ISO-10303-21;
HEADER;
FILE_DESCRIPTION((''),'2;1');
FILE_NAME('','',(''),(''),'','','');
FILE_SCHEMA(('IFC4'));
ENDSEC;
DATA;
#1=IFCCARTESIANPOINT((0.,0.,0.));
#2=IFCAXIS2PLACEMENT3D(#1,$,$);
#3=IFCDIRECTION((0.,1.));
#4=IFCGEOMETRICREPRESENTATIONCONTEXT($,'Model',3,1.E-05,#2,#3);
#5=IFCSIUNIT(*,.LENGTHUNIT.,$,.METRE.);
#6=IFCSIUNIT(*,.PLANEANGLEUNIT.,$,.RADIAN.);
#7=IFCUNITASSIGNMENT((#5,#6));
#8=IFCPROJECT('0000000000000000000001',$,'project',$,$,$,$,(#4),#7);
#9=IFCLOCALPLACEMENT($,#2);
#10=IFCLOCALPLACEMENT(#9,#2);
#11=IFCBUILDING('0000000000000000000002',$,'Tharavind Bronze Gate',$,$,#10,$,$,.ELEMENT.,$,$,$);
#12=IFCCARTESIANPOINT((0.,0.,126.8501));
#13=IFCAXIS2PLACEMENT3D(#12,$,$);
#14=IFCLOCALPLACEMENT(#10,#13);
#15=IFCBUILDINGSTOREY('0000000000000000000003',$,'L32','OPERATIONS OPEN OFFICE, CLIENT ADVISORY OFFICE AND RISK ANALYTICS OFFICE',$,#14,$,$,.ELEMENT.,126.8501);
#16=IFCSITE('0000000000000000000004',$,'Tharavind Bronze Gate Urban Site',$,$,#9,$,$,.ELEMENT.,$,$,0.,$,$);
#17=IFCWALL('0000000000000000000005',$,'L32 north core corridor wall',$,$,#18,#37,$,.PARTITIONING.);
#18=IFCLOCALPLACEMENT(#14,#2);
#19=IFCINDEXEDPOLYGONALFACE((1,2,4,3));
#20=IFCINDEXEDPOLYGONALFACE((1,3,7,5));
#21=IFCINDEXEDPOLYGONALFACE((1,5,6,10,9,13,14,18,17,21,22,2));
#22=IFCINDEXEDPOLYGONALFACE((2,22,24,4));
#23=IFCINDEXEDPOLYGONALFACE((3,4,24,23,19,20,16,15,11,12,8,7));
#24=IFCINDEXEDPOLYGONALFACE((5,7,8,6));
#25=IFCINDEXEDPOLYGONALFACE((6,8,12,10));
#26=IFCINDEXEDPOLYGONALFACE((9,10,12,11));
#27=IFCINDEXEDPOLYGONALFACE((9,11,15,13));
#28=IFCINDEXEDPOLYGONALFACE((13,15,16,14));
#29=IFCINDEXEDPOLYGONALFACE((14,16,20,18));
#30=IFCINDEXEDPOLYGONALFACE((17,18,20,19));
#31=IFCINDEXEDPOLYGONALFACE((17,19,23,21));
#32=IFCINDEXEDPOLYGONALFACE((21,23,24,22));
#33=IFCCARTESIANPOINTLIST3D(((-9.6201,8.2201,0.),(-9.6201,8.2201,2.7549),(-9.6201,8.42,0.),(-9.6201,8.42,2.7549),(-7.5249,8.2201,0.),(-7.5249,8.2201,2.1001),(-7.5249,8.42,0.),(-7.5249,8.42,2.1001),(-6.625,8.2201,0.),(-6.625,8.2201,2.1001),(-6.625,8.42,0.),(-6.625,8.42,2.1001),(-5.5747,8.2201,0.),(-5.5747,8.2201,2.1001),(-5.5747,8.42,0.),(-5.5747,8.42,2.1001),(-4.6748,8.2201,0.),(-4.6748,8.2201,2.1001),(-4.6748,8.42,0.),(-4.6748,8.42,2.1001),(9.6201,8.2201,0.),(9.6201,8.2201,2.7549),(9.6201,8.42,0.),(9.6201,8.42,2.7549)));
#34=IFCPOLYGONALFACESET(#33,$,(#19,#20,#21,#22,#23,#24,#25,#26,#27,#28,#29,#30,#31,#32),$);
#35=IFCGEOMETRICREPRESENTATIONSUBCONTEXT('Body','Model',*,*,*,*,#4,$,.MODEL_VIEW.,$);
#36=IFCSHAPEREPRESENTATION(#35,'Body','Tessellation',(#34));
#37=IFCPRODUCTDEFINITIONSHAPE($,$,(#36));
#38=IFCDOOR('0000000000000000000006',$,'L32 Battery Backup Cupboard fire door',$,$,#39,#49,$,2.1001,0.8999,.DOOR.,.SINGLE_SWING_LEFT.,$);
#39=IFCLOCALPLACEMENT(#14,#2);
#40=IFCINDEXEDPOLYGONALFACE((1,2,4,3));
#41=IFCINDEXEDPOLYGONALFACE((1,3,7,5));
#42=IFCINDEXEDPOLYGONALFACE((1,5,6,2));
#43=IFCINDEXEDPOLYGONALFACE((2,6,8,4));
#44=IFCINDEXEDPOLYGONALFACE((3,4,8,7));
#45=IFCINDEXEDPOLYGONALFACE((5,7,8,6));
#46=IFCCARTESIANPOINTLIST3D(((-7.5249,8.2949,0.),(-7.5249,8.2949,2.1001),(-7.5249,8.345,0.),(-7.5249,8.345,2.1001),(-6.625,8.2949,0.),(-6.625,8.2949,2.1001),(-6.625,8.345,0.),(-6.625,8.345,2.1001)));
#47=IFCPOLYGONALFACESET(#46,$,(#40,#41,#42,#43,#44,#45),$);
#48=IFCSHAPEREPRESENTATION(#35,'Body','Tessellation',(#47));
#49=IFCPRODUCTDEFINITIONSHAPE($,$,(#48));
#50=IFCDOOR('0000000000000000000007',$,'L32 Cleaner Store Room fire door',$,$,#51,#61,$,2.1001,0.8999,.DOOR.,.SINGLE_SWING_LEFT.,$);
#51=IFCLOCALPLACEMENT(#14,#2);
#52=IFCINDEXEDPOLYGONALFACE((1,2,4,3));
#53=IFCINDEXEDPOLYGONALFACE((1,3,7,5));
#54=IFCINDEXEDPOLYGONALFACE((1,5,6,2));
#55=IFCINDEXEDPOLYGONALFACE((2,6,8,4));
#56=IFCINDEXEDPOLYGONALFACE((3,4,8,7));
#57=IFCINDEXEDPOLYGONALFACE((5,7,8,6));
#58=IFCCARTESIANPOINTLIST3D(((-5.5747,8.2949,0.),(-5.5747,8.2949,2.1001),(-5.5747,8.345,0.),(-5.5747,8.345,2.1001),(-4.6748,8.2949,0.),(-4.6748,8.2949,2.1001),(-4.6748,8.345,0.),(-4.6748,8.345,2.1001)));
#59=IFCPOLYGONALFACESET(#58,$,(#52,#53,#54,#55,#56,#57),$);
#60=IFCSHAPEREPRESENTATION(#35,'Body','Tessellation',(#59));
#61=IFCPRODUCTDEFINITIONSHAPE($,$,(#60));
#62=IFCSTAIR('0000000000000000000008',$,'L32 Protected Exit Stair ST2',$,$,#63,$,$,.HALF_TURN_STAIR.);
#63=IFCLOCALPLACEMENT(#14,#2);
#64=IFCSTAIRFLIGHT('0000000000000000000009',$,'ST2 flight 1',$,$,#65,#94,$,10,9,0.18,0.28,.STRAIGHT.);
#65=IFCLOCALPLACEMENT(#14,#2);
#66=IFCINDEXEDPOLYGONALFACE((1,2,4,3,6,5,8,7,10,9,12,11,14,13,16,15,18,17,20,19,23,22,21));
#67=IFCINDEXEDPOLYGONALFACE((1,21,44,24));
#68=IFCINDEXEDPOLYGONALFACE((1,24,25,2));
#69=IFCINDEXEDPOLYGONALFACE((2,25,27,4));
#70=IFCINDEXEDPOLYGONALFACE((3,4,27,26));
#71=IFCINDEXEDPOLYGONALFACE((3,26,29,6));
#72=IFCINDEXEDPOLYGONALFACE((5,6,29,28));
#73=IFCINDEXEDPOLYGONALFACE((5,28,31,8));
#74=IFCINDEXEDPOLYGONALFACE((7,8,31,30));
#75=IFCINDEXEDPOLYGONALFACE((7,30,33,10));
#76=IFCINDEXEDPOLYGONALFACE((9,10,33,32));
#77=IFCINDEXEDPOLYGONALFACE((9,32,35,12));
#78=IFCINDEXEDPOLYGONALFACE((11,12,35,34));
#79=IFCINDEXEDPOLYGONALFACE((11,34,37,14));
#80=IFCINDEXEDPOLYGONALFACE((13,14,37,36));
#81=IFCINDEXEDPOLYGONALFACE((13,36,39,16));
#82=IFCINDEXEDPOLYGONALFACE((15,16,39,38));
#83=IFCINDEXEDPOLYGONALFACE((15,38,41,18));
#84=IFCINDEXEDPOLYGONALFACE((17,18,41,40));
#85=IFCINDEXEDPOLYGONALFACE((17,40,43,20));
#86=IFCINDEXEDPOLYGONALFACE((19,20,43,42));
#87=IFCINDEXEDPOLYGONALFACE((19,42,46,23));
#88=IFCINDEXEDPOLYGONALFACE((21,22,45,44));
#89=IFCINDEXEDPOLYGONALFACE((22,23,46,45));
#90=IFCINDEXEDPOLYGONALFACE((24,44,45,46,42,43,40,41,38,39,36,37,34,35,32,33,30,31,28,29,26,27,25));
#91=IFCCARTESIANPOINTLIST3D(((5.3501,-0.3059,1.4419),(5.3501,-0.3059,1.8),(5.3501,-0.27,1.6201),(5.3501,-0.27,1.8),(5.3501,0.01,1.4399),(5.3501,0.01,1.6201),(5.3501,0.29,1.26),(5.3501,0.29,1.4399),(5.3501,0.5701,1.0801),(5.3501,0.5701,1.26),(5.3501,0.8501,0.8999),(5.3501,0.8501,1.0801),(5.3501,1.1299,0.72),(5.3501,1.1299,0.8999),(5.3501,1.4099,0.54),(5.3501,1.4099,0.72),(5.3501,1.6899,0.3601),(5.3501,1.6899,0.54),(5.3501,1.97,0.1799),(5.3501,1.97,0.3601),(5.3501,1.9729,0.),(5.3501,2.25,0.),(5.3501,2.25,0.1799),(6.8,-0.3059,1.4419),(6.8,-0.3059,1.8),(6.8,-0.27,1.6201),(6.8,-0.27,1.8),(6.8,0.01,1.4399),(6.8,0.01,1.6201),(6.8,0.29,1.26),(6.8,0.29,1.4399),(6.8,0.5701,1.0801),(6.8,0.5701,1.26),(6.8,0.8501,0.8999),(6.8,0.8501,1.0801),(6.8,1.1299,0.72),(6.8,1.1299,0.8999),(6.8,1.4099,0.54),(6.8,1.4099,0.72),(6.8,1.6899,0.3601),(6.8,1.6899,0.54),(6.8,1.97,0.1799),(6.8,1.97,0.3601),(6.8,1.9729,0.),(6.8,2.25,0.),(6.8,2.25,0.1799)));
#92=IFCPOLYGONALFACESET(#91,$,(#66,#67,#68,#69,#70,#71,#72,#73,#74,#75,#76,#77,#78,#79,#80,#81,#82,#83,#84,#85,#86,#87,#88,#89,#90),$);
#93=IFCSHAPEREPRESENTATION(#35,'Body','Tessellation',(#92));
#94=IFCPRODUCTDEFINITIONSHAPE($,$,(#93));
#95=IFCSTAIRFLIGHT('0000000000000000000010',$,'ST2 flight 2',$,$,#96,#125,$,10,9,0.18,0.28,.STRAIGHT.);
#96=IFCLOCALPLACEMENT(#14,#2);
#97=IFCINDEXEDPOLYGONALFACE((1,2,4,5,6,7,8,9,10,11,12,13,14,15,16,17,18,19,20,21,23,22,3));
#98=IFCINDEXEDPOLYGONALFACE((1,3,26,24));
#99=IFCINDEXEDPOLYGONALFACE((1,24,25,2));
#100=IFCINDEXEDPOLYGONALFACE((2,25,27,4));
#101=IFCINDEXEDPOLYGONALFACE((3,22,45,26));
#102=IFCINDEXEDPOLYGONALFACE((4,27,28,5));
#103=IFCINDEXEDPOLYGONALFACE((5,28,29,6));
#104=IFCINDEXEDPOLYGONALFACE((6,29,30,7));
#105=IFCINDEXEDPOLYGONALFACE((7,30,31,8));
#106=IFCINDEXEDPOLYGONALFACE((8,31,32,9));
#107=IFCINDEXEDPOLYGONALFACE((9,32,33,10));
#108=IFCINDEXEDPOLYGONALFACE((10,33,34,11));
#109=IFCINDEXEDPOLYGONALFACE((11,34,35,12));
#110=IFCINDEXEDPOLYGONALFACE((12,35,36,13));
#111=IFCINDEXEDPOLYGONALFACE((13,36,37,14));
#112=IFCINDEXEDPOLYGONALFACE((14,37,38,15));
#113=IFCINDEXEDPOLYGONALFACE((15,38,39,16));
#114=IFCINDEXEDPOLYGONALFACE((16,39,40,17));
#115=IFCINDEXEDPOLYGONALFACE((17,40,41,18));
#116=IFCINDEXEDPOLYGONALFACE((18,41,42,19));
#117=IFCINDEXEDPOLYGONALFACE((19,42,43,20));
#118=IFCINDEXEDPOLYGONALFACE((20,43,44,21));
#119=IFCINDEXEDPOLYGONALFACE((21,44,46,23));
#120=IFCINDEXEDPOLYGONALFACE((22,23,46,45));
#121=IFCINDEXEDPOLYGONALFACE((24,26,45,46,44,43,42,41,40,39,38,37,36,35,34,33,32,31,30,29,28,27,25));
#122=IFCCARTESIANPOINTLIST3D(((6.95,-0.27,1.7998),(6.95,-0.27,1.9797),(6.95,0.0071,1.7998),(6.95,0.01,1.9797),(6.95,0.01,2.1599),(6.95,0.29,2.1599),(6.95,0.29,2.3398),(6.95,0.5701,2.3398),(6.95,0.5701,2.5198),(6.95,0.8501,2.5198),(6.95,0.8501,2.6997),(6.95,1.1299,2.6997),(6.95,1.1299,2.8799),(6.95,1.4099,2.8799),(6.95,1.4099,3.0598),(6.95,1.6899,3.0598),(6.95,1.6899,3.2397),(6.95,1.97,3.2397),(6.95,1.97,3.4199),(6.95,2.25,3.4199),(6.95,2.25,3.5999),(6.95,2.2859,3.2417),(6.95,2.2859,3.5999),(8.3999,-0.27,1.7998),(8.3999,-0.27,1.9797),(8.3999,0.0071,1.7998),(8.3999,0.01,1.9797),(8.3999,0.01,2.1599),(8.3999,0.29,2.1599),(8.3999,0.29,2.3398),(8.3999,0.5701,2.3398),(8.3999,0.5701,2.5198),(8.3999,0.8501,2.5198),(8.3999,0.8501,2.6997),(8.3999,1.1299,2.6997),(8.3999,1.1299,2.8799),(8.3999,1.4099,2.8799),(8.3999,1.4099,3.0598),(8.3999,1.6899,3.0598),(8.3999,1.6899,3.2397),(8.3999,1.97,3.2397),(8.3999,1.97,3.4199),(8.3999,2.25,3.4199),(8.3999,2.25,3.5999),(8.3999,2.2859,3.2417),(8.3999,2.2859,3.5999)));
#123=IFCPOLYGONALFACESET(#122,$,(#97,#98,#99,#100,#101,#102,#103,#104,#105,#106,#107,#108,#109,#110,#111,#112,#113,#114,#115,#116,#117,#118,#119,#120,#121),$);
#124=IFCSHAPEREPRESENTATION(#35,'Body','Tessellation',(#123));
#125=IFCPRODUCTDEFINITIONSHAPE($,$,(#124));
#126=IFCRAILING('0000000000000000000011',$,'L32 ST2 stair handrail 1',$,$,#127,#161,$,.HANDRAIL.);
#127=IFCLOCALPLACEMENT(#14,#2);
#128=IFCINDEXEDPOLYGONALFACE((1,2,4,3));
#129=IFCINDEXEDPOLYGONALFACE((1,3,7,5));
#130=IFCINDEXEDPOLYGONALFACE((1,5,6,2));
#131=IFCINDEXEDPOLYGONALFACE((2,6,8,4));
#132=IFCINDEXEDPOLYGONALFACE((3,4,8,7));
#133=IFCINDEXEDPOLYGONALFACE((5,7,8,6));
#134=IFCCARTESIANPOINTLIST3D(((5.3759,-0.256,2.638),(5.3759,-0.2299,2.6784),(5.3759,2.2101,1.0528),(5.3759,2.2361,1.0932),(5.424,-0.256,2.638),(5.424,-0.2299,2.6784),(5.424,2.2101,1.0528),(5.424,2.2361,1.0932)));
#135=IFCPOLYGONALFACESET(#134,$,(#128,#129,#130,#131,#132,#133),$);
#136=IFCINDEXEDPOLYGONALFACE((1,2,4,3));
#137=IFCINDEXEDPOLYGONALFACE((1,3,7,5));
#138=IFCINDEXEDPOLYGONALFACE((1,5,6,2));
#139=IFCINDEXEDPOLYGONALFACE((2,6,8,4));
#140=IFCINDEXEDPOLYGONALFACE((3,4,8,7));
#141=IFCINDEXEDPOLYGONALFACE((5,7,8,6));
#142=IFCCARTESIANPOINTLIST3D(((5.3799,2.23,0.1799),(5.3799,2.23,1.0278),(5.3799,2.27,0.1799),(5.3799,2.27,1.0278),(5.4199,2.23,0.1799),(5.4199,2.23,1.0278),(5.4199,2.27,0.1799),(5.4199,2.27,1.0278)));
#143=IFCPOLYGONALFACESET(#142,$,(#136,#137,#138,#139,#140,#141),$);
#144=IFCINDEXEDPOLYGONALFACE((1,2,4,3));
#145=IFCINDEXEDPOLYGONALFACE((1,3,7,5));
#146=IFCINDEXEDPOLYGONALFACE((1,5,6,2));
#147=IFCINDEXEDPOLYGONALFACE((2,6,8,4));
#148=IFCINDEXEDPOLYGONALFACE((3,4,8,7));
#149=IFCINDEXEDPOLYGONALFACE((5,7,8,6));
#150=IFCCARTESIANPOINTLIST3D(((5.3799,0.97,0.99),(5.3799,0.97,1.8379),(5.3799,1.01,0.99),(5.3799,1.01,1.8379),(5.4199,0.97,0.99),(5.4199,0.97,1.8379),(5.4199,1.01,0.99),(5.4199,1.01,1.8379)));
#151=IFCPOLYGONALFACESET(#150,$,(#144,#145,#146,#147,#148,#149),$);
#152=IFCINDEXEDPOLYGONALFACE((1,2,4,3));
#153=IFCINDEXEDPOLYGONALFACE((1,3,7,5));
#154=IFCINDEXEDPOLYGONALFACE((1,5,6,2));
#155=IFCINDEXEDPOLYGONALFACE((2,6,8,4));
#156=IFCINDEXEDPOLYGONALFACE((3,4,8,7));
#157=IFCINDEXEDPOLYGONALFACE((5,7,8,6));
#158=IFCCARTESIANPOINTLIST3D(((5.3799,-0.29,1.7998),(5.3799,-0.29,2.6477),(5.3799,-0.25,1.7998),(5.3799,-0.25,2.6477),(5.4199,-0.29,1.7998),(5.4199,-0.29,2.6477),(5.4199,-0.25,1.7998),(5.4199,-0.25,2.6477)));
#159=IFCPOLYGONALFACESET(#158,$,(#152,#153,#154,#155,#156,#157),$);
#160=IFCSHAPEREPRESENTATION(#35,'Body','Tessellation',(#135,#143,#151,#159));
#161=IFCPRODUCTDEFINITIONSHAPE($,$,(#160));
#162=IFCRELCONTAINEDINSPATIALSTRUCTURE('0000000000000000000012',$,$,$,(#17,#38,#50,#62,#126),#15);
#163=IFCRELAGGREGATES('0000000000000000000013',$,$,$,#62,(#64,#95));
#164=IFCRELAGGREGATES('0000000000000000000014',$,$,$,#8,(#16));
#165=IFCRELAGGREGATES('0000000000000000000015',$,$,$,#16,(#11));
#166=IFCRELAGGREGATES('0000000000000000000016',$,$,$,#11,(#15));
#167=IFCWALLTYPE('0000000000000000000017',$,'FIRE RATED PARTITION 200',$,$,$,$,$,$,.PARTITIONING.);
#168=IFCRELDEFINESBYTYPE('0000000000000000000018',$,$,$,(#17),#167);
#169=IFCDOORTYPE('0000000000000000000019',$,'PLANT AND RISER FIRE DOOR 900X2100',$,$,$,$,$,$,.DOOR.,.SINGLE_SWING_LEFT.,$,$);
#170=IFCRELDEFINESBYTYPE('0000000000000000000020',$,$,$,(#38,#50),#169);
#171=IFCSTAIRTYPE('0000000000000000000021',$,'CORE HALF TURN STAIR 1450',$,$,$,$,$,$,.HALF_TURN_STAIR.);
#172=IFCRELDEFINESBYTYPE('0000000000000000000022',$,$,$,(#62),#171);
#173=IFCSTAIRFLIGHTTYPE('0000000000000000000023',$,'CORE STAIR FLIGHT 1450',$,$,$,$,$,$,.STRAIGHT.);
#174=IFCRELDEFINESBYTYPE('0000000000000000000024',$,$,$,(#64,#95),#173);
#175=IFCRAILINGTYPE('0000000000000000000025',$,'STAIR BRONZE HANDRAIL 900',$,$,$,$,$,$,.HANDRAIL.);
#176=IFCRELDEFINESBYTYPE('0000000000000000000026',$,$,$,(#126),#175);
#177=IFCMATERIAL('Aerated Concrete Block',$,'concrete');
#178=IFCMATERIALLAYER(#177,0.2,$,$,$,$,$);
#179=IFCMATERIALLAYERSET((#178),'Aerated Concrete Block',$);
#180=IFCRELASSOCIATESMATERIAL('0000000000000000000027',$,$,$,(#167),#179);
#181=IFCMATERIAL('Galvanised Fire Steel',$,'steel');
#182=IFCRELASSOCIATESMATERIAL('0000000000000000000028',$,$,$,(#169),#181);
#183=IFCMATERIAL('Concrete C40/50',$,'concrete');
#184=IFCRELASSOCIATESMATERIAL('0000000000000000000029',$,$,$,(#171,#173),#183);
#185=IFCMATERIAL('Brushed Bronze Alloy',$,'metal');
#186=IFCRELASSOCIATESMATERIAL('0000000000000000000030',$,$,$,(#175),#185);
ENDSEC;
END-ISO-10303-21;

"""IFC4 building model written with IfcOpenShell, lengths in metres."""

from ifc_helpers import new_model, si_unit, direction, frame, frame_2d, origin, origin_2d, place, context, subcontext, project, spatial, polyline, rectangle, outline, extrude, material, layer, layer_set, type_object, element, fill, aggregate, save


model = new_model("IFC4")

# Units and contexts
model_context = context("Model", 3, precision=1e-05, world=origin(), true_north=direction((0.0, 1.0)))
body_context = subcontext(model_context, "Body", "Model", "MODEL_VIEW")
ifc_project = project(units=[si_unit("LENGTHUNIT", "METRE"), si_unit("PLANEANGLEUNIT", "RADIAN")], contexts=[model_context])

# Site, building, storey
site_placement = place(None, origin())
site = spatial("IfcSite", under=ifc_project, at=site_placement, Name="Tharavind Bronze Gate Urban Site", CompositionType="ELEMENT", RefElevation=0.0)
building_placement = place(site_placement, origin())
building = spatial("IfcBuilding", under=site, at=building_placement, Name="Tharavind Bronze Gate", CompositionType="ELEMENT")
storey_placement = place(building_placement, frame((0.0, 0.0, 126.8501)))
storey = spatial("IfcBuildingStorey", under=building, at=storey_placement, Name="L32", Description="OPERATIONS OPEN OFFICE, CLIENT ADVISORY OFFICE AND RISK ANALYTICS OFFICE", CompositionType="ELEMENT", Elevation=126.8501)

# Wall, openings, doors
ifc_material_1 = material(Name="Aerated Concrete Block", Category="concrete")
ifc_layer_1 = layer(ifc_material_1, 0.2)
ifc_layer_set_1 = layer_set([ifc_layer_1], Name="Aerated Concrete Block")
wall_type_1 = type_object("IfcWallType", Name="FIRE RATED PARTITION 200", PredefinedType="PARTITIONING", material=ifc_layer_set_1)
wall_1_placement = place(storey_placement, frame((9.6201, 8.3201, 0.0), z_axis=(0.0, 0.0, 1.0), x_axis=(-1.0, 0.0, 0.0)))
wall_1 = element("IfcWall", 1, at=wall_1_placement, inside=storey, type_object=wall_type_1, Name="L32 north core corridor wall", PredefinedType="PARTITIONING", context=body_context, shape_type="SweptSolid", body=[
    extrude(rectangle(XDim=19.2402, YDim=0.2, at=frame_2d((9.6201, 0.0))), origin(), (0.0, 0.0, 1.0), 2.7549),
])
opening_1_placement = place(wall_1_placement, frame((16.2451, 0.0, 0.0)))
opening_1 = element("IfcOpeningElement", 2, at=opening_1_placement, cuts=wall_1, PredefinedType="OPENING", context=body_context, shape_type="SweptSolid", body=[
    extrude(rectangle(XDim=0.8999, YDim=2.1001, at=frame_2d((0.45, 1.05))), frame((0.0, 0.1101, 0.0), z_axis=(0.0, -1.0, 0.0), x_axis=(1.0, 0.0, 0.0)), (0.0, 0.0, 1.0), 0.22),
])
opening_2_placement = place(wall_1_placement, frame((14.2949, 0.0, 0.0)))
opening_2 = element("IfcOpeningElement", 3, at=opening_2_placement, cuts=wall_1, PredefinedType="OPENING", context=body_context, shape_type="SweptSolid", body=[
    extrude(rectangle(XDim=0.8999, YDim=2.1001, at=frame_2d((0.45, 1.05))), frame((0.0, 0.1101, 0.0), z_axis=(0.0, -1.0, 0.0), x_axis=(1.0, 0.0, 0.0)), (0.0, 0.0, 1.0), 0.22),
])
ifc_material_2 = material(Name="Galvanised Fire Steel", Category="steel")
door_type_1 = type_object("IfcDoorType", Name="PLANT AND RISER FIRE DOOR 900X2100", OperationType="SINGLE_SWING_LEFT", PredefinedType="DOOR", material=ifc_material_2)
door_1_placement = place(opening_1_placement, frame((0.8999, 0.0, 0.0), z_axis=(0.0, 0.0, 1.0), x_axis=(-1.0, 0.0, 0.0)))
door_1 = element("IfcDoor", 4, at=door_1_placement, inside=storey, type_object=door_type_1, Name="L32 Battery Backup Cupboard fire door", OperationType="SINGLE_SWING_LEFT", OverallHeight=2.1001, OverallWidth=0.8999, PredefinedType="DOOR", context=body_context, shape_type="SweptSolid", body=[
    extrude(rectangle(XDim=0.8999, YDim=2.1001, at=frame_2d((0.45, 1.05))), frame((0.0, 0.0249, 0.0), z_axis=(0.0, -1.0, 0.0), x_axis=(1.0, 0.0, 0.0)), (0.0, 0.0, 1.0), 0.05),
])
fill(opening_1, door_1)
door_2_placement = place(opening_2_placement, frame((0.8999, 0.0, 0.0), z_axis=(0.0, 0.0, 1.0), x_axis=(-1.0, 0.0, 0.0)))
door_2 = element("IfcDoor", 5, at=door_2_placement, inside=storey, type_object=door_type_1, Name="L32 Cleaner Store Room fire door", OperationType="SINGLE_SWING_LEFT", OverallHeight=2.1001, OverallWidth=0.8999, PredefinedType="DOOR", context=body_context, shape_type="SweptSolid", body=[
    extrude(rectangle(XDim=0.8999, YDim=2.1001, at=frame_2d((0.45, 1.05))), frame((0.0, 0.0249, 0.0), z_axis=(0.0, -1.0, 0.0), x_axis=(1.0, 0.0, 0.0)), (0.0, 0.0, 1.0), 0.05),
])
fill(opening_2, door_2)

# Stair, stair flights
ifc_material_3 = material(Name="Concrete C40/50", Category="concrete")
stair_type = type_object("IfcStairType", Name="CORE HALF TURN STAIR 1450", PredefinedType="HALF_TURN_STAIR", material=ifc_material_3)
stair_placement = place(storey_placement, origin())
stair = element("IfcStair", 6, at=stair_placement, inside=storey, type_object=stair_type, Name="L32 Protected Exit Stair ST2", PredefinedType="HALF_TURN_STAIR")
stair_flight_type = type_object("IfcStairFlightType", Name="CORE STAIR FLIGHT 1450", PredefinedType="STRAIGHT", material=ifc_material_3)
stair_flight_1_placement = place(storey_placement, frame((6.075, 2.25, 0.0), z_axis=(0.0, 0.0, 1.0), x_axis=(0.0, -1.0, 0.0)))
stair_flight_1 = element("IfcStairFlight", 7, at=stair_flight_1_placement, type_object=stair_flight_type, Name="ST2 flight 1", NumberOfRisers=10, NumberOfTreads=9, PredefinedType="STRAIGHT", RiserHeight=0.18, TreadLength=0.28, context=body_context, shape_type="SweptSolid", body=[
    extrude(outline(polyline([(0.0, 0.0), (0.0, 0.1799), (0.28, 0.1799), (0.28, 0.3601), (0.5601, 0.3601), (0.5601, 0.54), (0.8401, 0.54), (0.8401, 0.72), (1.1201, 0.72), (1.1201, 0.8999), (1.3999, 0.8999), (1.3999, 1.0801), (1.6799, 1.0801), (1.6799, 1.26), (1.96, 1.26), (1.96, 1.4399), (2.24, 1.4399), (2.24, 1.6201), (2.52, 1.6201), (2.52, 1.8), (2.5559, 1.8), (2.5559, 1.4419), (0.2771, 0.0), (0.0, 0.0)])), frame((0.0, 0.7251, 0.0), z_axis=(0.0, -1.0, 0.0), x_axis=(1.0, 0.0, 0.0)), (0.0, 0.0, 1.0), 1.45),
])
stair_flight_2_placement = place(storey_placement, frame((7.675, -0.27, 1.7998), z_axis=(0.0, 0.0, 1.0), x_axis=(0.0, 1.0, 0.0)))
stair_flight_2 = element("IfcStairFlight", 8, at=stair_flight_2_placement, type_object=stair_flight_type, Name="ST2 flight 2", NumberOfRisers=10, NumberOfTreads=9, PredefinedType="STRAIGHT", RiserHeight=0.18, TreadLength=0.28, context=body_context, shape_type="SweptSolid", body=[
    extrude(outline(polyline([(0.0, 0.0), (0.0, 0.1799), (0.28, 0.1799), (0.28, 0.3601), (0.5601, 0.3601), (0.5601, 0.54), (0.8401, 0.54), (0.8401, 0.72), (1.1201, 0.72), (1.1201, 0.8999), (1.3999, 0.8999), (1.3999, 1.0801), (1.6799, 1.0801), (1.6799, 1.26), (1.96, 1.26), (1.96, 1.4399), (2.24, 1.4399), (2.24, 1.6201), (2.52, 1.6201), (2.52, 1.8), (2.5559, 1.8), (2.5559, 1.4419), (0.2771, 0.0), (0.0, 0.0)])), frame((0.0, 0.7251, 0.0), z_axis=(0.0, -1.0, 0.0), x_axis=(1.0, 0.0, 0.0)), (0.0, 0.0, 1.0), 1.45),
])
aggregate(stair, [stair_flight_1, stair_flight_2])

# Railing
ifc_material_4 = material(Name="Brushed Bronze Alloy", Category="metal")
railing_type_1 = type_object("IfcRailingType", Name="STAIR BRONZE HANDRAIL 900", PredefinedType="HANDRAIL", material=ifc_material_4)
railing_1_placement = place(storey_placement, frame((5.3999, 2.25, 0.1799)))
element("IfcRailing", 9, at=railing_1_placement, inside=storey, type_object=railing_type_1, Name="L32 ST2 stair handrail 1", PredefinedType="HANDRAIL", context=body_context, shape_type="SweptSolid", body=[
    extrude(rectangle(XDim=0.0481, YDim=0.0481, at=origin_2d()), frame((0.0, -0.0269, 0.8931), z_axis=(0.0, -0.8412, 0.540725), x_axis=(1.0, 0.0, 0.0)), (0.0, 0.0, 1.0), 2.9316),
    extrude(rectangle(XDim=0.04, YDim=0.04, at=origin_2d()), origin(), (0.0, 0.0, 1.0), 0.8479),
    extrude(rectangle(XDim=0.04, YDim=0.04, at=origin_2d()), frame((0.0, -1.26, 0.8101)), (0.0, 0.0, 1.0), 0.8479),
    extrude(rectangle(XDim=0.04, YDim=0.04, at=origin_2d()), frame((0.0, -2.52, 1.6199)), (0.0, 0.0, 1.0), 0.8479),
])

save(model, "model.ifc")
